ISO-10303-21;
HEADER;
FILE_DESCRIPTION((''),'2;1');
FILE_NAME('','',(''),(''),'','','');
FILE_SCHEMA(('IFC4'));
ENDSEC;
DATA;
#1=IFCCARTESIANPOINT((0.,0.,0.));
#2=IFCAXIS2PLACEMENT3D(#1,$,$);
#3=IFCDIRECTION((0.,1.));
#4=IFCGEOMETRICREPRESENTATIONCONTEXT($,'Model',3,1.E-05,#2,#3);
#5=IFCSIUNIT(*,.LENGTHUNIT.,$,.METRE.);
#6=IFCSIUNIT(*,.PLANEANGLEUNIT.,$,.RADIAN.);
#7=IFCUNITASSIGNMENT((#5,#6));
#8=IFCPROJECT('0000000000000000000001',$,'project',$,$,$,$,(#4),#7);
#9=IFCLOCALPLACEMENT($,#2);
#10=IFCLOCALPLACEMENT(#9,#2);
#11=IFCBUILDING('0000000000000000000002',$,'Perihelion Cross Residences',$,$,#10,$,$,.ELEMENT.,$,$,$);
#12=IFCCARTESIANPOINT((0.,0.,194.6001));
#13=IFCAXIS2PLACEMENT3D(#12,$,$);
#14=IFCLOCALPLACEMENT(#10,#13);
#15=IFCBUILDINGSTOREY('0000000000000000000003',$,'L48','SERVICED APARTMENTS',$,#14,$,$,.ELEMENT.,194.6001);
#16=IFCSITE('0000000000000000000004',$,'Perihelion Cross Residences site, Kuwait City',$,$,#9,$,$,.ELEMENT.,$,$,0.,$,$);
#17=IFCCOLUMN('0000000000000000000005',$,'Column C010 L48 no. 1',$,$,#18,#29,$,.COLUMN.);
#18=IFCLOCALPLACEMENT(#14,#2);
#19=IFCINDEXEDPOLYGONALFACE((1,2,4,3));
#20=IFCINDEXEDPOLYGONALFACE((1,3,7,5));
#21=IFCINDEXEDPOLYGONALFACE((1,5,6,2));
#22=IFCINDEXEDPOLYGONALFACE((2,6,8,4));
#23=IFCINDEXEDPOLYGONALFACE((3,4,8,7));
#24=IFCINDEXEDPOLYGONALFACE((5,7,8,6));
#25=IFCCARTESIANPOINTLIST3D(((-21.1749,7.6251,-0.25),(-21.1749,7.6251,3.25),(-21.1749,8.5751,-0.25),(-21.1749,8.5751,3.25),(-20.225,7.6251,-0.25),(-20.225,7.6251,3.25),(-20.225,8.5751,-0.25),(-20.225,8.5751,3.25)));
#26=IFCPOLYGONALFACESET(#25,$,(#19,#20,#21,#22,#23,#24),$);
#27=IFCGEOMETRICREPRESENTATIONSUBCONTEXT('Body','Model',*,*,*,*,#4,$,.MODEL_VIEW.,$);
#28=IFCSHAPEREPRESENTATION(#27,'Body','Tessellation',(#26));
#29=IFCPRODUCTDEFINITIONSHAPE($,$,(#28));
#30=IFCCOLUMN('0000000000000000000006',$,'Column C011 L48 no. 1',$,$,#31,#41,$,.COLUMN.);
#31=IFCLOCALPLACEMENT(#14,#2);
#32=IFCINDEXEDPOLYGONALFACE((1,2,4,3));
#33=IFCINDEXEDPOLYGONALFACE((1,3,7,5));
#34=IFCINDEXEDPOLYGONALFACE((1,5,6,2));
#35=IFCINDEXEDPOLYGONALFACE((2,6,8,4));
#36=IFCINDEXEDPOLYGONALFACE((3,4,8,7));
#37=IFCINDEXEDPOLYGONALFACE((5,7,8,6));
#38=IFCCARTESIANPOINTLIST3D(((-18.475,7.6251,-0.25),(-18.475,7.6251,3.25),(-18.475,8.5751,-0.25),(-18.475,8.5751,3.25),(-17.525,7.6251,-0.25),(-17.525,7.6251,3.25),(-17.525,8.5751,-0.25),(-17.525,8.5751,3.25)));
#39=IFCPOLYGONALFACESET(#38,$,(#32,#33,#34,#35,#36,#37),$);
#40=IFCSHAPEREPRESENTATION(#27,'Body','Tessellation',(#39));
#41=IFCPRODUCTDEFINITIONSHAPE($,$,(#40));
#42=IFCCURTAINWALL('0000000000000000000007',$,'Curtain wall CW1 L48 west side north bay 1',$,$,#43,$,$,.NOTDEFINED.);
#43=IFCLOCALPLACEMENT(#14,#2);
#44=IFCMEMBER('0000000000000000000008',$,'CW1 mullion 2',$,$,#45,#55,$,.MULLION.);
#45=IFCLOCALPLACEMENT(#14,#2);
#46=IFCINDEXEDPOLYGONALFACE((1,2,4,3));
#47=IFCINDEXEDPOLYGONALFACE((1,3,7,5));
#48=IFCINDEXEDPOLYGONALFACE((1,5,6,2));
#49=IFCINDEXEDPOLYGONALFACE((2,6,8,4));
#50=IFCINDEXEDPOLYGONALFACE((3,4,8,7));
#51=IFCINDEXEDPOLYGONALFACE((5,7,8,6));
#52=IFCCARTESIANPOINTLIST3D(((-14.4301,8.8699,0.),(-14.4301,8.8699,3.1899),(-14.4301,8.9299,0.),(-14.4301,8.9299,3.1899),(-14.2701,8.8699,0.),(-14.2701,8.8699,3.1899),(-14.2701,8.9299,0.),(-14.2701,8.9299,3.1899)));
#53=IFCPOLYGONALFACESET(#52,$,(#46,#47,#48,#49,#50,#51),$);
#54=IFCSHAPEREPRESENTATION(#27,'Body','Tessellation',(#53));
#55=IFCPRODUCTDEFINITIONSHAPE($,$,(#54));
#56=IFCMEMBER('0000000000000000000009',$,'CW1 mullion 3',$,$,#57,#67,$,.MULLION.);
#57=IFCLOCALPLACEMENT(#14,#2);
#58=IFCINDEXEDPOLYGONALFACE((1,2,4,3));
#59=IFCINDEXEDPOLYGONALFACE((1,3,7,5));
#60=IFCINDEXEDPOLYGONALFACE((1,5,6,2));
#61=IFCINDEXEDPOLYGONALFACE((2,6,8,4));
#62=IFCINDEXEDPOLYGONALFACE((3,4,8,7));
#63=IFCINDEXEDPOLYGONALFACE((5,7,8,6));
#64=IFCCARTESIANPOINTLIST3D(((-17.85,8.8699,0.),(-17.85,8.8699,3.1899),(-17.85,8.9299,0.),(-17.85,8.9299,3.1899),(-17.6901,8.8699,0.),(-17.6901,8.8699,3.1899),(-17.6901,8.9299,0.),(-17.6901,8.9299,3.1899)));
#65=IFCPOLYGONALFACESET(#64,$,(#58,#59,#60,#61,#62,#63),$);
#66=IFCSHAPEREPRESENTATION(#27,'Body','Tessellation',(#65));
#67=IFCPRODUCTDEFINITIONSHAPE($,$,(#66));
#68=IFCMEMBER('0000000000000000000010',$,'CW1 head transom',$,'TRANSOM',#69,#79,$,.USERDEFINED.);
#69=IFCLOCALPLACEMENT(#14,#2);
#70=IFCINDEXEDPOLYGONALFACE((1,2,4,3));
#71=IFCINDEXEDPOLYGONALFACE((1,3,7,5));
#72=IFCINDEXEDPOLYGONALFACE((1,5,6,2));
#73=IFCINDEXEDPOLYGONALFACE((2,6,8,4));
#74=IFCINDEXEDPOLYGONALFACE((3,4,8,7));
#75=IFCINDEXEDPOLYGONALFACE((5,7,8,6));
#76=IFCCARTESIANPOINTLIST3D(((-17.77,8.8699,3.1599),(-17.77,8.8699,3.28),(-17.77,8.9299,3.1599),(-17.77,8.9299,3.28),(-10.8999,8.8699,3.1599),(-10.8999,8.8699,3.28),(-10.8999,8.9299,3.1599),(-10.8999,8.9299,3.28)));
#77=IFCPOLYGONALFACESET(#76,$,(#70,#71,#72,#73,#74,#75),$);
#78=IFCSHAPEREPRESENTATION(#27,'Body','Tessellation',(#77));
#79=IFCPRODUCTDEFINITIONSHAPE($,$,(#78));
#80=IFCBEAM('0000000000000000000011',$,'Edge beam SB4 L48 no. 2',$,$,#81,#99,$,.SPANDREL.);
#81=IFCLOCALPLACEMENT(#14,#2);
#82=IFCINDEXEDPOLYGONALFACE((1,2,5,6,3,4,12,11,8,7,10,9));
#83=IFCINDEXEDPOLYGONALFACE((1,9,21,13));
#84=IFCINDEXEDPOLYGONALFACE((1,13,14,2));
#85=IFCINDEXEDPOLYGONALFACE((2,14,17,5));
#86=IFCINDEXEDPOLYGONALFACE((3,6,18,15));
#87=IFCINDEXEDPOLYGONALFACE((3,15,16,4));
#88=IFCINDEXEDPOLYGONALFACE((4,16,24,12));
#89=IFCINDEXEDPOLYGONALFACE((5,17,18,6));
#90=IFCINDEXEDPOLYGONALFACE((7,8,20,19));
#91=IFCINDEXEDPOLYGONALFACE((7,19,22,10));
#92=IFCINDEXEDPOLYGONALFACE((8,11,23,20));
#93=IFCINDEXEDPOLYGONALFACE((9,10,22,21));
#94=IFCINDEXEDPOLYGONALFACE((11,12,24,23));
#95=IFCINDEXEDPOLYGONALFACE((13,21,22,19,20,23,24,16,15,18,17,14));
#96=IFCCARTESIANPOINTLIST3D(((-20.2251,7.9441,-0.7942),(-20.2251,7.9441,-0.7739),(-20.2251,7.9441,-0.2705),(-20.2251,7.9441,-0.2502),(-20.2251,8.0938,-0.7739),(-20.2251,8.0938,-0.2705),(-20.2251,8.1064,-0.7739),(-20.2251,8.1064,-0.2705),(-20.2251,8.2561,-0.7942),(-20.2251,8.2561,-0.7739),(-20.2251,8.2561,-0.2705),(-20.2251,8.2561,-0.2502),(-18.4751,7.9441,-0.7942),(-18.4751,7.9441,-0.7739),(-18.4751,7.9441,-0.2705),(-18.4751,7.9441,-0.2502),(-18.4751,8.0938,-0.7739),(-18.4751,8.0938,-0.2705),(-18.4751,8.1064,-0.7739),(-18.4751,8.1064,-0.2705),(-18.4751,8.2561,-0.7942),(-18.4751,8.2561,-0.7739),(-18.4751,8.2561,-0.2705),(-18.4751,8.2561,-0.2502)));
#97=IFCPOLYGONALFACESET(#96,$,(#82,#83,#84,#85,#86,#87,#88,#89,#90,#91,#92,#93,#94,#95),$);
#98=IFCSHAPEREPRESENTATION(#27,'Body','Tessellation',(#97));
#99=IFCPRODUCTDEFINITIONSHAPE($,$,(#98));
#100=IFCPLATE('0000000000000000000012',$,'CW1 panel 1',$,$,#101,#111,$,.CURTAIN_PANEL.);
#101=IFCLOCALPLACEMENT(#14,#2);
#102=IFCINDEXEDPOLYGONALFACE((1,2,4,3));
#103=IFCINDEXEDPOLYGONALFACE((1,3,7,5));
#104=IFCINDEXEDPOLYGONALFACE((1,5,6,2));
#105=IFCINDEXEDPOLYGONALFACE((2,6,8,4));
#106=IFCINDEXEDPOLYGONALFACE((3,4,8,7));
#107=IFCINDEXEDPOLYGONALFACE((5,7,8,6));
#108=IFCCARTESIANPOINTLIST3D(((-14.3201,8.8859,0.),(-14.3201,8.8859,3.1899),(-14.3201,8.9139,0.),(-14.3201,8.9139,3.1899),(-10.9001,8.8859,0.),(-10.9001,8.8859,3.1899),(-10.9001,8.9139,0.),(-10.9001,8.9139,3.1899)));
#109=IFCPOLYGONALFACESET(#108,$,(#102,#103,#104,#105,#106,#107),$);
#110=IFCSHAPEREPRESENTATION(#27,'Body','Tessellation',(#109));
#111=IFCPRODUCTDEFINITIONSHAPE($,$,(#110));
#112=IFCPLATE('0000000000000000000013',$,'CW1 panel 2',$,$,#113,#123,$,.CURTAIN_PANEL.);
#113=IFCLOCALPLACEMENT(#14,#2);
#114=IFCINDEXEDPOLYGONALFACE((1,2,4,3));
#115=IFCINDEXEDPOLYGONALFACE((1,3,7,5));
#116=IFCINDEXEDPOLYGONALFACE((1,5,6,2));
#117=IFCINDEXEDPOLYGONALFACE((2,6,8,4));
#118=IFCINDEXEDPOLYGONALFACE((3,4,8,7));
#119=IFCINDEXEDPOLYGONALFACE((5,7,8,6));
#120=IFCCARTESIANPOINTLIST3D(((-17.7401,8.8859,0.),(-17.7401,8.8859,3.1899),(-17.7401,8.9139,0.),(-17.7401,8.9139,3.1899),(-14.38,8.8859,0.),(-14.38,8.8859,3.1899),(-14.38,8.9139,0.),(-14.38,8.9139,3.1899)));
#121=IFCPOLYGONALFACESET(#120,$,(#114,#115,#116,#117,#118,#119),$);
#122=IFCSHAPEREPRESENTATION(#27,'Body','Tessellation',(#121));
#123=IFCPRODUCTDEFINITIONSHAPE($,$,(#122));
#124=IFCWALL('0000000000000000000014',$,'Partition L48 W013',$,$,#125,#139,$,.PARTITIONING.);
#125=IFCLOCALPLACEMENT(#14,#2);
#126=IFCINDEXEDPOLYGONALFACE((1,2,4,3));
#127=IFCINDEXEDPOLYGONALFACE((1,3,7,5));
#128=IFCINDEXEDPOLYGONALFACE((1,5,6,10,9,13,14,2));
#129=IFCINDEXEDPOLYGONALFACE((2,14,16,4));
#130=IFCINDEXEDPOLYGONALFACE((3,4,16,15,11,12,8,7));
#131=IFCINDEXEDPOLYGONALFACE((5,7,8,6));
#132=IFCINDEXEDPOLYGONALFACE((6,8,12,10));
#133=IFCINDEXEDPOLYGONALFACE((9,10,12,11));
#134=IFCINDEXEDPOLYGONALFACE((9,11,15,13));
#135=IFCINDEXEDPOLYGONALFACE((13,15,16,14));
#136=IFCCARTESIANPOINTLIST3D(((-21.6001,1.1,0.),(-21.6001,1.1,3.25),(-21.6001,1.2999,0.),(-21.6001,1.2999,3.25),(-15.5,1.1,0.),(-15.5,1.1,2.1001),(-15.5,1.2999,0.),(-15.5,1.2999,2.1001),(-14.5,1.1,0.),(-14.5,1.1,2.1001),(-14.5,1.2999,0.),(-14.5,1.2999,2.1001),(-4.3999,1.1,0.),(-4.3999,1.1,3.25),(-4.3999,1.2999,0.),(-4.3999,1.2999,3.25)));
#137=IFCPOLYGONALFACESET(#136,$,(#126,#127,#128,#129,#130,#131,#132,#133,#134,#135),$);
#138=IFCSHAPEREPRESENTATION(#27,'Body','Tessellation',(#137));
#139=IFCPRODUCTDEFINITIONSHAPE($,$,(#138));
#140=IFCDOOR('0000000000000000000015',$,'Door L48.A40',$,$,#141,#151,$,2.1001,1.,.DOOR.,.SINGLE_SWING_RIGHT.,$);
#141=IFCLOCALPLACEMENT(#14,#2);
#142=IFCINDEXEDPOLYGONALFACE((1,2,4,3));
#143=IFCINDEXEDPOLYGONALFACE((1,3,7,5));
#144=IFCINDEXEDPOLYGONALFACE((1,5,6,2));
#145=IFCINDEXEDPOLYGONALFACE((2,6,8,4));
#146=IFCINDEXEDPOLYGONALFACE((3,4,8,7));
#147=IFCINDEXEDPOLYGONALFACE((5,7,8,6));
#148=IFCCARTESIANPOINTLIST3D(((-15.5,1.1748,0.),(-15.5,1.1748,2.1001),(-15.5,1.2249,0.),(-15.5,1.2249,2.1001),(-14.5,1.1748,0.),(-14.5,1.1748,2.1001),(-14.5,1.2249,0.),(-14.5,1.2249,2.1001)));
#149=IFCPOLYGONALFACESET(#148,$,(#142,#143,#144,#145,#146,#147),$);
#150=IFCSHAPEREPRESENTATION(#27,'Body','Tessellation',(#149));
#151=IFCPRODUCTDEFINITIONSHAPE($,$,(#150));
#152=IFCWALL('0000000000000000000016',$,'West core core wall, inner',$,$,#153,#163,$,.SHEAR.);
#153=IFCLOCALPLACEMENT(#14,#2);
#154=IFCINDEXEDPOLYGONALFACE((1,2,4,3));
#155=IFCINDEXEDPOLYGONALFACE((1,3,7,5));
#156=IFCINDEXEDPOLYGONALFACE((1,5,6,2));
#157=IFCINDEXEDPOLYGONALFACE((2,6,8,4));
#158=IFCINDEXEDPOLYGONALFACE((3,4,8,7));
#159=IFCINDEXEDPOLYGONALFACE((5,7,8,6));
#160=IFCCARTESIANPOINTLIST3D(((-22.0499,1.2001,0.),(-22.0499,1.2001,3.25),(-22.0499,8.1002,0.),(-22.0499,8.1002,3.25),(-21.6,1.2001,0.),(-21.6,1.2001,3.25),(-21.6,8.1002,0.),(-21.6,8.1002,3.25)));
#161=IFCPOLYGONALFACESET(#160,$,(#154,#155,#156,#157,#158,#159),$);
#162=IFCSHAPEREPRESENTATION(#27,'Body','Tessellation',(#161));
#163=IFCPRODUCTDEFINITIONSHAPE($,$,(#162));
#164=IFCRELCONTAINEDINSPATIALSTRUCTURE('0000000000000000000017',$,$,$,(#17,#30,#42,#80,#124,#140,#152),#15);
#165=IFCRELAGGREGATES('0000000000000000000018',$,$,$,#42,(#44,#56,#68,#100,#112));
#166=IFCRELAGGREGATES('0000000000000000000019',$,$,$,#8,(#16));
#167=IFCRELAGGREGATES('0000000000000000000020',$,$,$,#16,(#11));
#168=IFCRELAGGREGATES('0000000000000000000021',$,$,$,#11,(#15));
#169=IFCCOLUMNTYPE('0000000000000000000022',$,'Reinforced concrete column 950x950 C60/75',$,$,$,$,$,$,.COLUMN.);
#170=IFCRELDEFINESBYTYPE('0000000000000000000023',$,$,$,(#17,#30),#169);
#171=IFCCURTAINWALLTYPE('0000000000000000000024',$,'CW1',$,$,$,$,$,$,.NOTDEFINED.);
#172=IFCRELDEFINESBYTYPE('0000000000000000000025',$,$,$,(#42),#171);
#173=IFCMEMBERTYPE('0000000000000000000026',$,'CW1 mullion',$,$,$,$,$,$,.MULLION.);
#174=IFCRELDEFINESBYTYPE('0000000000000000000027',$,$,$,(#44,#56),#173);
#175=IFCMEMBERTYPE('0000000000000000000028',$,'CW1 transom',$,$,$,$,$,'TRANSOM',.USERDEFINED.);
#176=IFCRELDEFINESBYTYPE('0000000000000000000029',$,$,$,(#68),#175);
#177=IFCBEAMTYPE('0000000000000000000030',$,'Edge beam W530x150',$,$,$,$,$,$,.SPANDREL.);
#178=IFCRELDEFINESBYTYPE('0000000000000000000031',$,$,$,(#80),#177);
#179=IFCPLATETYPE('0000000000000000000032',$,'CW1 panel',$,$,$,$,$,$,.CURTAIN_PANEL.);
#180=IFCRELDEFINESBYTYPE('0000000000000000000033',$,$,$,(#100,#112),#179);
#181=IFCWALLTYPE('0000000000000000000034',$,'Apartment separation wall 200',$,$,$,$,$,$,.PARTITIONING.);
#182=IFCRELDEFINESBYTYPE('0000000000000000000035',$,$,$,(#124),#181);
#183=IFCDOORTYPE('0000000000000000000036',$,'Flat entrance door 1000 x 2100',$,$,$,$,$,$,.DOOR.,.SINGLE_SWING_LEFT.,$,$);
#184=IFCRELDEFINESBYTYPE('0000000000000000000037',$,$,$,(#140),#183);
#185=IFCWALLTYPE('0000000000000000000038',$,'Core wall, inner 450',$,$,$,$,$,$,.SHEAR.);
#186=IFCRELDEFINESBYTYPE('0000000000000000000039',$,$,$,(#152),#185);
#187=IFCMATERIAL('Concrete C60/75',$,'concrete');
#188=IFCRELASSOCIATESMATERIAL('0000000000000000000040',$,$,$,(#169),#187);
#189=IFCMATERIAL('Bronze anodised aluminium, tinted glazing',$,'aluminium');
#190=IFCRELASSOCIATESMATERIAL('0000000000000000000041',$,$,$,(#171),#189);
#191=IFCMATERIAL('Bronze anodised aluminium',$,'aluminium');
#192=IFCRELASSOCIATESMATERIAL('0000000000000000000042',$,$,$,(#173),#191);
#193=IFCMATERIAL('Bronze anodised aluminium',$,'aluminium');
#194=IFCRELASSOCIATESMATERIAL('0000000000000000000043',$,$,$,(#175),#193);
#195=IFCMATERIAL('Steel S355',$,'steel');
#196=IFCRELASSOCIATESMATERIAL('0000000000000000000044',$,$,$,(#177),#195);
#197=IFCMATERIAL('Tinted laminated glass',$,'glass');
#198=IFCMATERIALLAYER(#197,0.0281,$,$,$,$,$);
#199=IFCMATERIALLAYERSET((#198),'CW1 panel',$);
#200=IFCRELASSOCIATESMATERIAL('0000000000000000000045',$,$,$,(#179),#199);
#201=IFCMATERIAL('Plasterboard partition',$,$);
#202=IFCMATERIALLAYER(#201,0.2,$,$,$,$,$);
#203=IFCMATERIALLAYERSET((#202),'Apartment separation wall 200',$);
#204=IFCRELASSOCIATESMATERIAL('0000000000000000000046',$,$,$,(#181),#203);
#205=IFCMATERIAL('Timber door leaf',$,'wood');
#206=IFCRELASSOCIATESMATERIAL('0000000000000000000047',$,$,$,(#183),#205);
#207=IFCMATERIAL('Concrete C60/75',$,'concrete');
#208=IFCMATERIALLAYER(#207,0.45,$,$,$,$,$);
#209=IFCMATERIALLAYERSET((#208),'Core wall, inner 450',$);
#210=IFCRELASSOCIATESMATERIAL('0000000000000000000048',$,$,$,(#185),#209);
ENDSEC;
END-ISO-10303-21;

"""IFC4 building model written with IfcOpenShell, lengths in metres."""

from ifc_helpers import new_model, si_unit, direction, frame, frame_2d, origin, origin_2d, place, context, subcontext, project, spatial, rectangle, i_section, extrude, material, layer, layer_set, material_profile, profile_set, type_object, element, fill, aggregate, save


model = new_model("IFC4")

# Units and contexts
model_context = context("Model", 3, precision=1e-05, world=origin(), true_north=direction((0.0, 1.0)))
body_context = subcontext(model_context, "Body", "Model", "MODEL_VIEW")
ifc_project = project(units=[si_unit("LENGTHUNIT", "METRE"), si_unit("PLANEANGLEUNIT", "RADIAN")], contexts=[model_context])

# Site, building, storey
site_placement = place(None, origin())
site = spatial("IfcSite", under=ifc_project, at=site_placement, Name="Perihelion Cross Residences site, Kuwait City", CompositionType="ELEMENT", RefElevation=0.0)
building_placement = place(site_placement, origin())
building = spatial("IfcBuilding", under=site, at=building_placement, Name="Perihelion Cross Residences", CompositionType="ELEMENT")
storey_placement = place(building_placement, frame((0.0, 0.0, 194.6001)))
storey = spatial("IfcBuildingStorey", under=building, at=storey_placement, Name="L48", Description="SERVICED APARTMENTS", CompositionType="ELEMENT", Elevation=194.6001)

# Columns
ifc_material_1 = material(Name="Concrete C60/75", Category="concrete")
ifc_material_profile_1 = material_profile(ifc_material_1, rectangle(XDim=0.95, YDim=0.95, at=origin_2d()), Name="RC 950x950")
ifc_profile_set_1 = profile_set([ifc_material_profile_1], Name="Concrete C60/75")
column_type = type_object("IfcColumnType", Name="Reinforced concrete column 950x950 C60/75", PredefinedType="COLUMN", material=ifc_profile_set_1)
for number, where, z_axis, x_axis, name in (
    (1, (-20.7, 8.1001, -0.25), (0.0, 0.0, 1.0), (1.0, 0.0, 0.0), "Column C010 L48 no. 1"),
    (2, (-18.0, 8.1001, -0.25), (0.0, 0.0, 1.0), (1.0, 0.0, 0.0), "Column C011 L48 no. 1"),
):
    element("IfcColumn", number, at=place(storey_placement, frame(where, z_axis=z_axis, x_axis=x_axis)), inside=storey, type_object=column_type, Name=name, PredefinedType="COLUMN", context=body_context, shape_type="SweptSolid", body=[
        extrude(rectangle(XDim=0.95, YDim=0.95, at=origin_2d()), origin(), (0.0, 0.0, 1.0), 3.5),
    ])

# Curtain wall, members
ifc_material_2 = material(Name="Bronze anodised aluminium, tinted glazing", Category="aluminium")
curtain_wall_type = type_object("IfcCurtainWallType", Name="CW1", PredefinedType="NOTDEFINED", material=ifc_material_2)
curtain_wall_placement = place(storey_placement, origin())
curtain_wall = element("IfcCurtainWall", 3, at=curtain_wall_placement, inside=storey, type_object=curtain_wall_type, Name="Curtain wall CW1 L48 west side north bay 1", PredefinedType="NOTDEFINED")
ifc_material_3 = material(Name="Bronze anodised aluminium", Category="aluminium")
ifc_material_profile_2 = material_profile(ifc_material_3, rectangle(XDim=0.0601, YDim=0.1599, at=origin_2d()), Name="CW1 mullion")
ifc_profile_set_2 = profile_set([ifc_material_profile_2], Name="Bronze anodised aluminium")
member_type_1 = type_object("IfcMemberType", Name="CW1 mullion", PredefinedType="MULLION", material=ifc_profile_set_2)
member_1_placement = place(storey_placement, frame((-14.3501, 8.8999, 0.0), z_axis=(0.0, 0.0, 1.0), x_axis=(0.0, -1.0, 0.0)))
member_1 = element("IfcMember", 4, at=member_1_placement, type_object=member_type_1, Name="CW1 mullion 2", PredefinedType="MULLION", context=body_context, shape_type="SweptSolid", body=[
    extrude(rectangle(XDim=0.0601, YDim=0.1599, at=origin_2d()), origin(), (0.0, 0.0, 1.0), 3.1899),
])
member_2_placement = place(storey_placement, frame((-17.77, 8.8999, 0.0), z_axis=(0.0, 0.0, 1.0), x_axis=(0.0, -1.0, 0.0)))
member_2 = element("IfcMember", 5, at=member_2_placement, type_object=member_type_1, Name="CW1 mullion 3", PredefinedType="MULLION", context=body_context, shape_type="SweptSolid", body=[
    extrude(rectangle(XDim=0.0601, YDim=0.1599, at=origin_2d()), origin(), (0.0, 0.0, 1.0), 3.1899),
])
ifc_material_4 = material(Name="Bronze anodised aluminium", Category="aluminium")
ifc_material_profile_3 = material_profile(ifc_material_4, rectangle(XDim=0.0601, YDim=0.1201, at=origin_2d()), Name="CW1 transom")
ifc_profile_set_3 = profile_set([ifc_material_profile_3], Name="Bronze anodised aluminium")
member_type_2 = type_object("IfcMemberType", Name="CW1 transom", ElementType="TRANSOM", PredefinedType="USERDEFINED", material=ifc_profile_set_3)
member_3_placement = place(storey_placement, frame((-10.8999, 8.8999, 3.22), z_axis=(-1.0, 0.0, 0.0), x_axis=(0.0, -1.0, 0.0)))
member_3 = element("IfcMember", 6, at=member_3_placement, type_object=member_type_2, Name="CW1 head transom", ObjectType="TRANSOM", PredefinedType="USERDEFINED", context=body_context, shape_type="SweptSolid", body=[
    extrude(rectangle(XDim=0.0601, YDim=0.1201, at=origin_2d()), origin(), (0.0, 0.0, 1.0), 6.8701),
])

# Beam
ifc_material_5 = material(Name="Steel S355", Category="steel")
ifc_material_profile_4 = material_profile(ifc_material_5, i_section(OverallWidth=0.312, OverallDepth=0.5439, WebThickness=0.0127, FlangeThickness=0.0203, at=origin_2d()), Name="W530x150")
ifc_profile_set_4 = profile_set([ifc_material_profile_4], Name="Steel S355")
beam_type = type_object("IfcBeamType", Name="Edge beam W530x150", PredefinedType="SPANDREL", material=ifc_profile_set_4)
beam_placement = place(storey_placement, frame((-18.4751, 8.1001, -0.5222), z_axis=(-1.0, 0.0, 0.0), x_axis=(0.0, -1.0, 0.0)))
element("IfcBeam", 7, at=beam_placement, inside=storey, type_object=beam_type, Name="Edge beam SB4 L48 no. 2", PredefinedType="SPANDREL", context=body_context, shape_type="SweptSolid", body=[
    extrude(i_section(OverallWidth=0.312, OverallDepth=0.5439, WebThickness=0.0127, FlangeThickness=0.0203, at=origin_2d()), origin(), (0.0, 0.0, 1.0), 1.75),
])

# Plates
ifc_material_6 = material(Name="Tinted laminated glass", Category="glass")
ifc_layer_1 = layer(ifc_material_6, 0.0281)
ifc_layer_set_1 = layer_set([ifc_layer_1], Name="CW1 panel")
plate_type = type_object("IfcPlateType", Name="CW1 panel", PredefinedType="CURTAIN_PANEL", material=ifc_layer_set_1)
plate_1_placement = place(storey_placement, frame((-12.6101, 8.8999, 0.0), z_axis=(0.0, 0.0, 1.0), x_axis=(-1.0, 0.0, 0.0)))
plate_1 = element("IfcPlate", 8, at=plate_1_placement, type_object=plate_type, Name="CW1 panel 1", PredefinedType="CURTAIN_PANEL", context=body_context, shape_type="SweptSolid", body=[
    extrude(rectangle(XDim=3.4199, YDim=0.0281, at=origin_2d()), origin(), (0.0, 0.0, 1.0), 3.1899),
])
plate_2_placement = place(storey_placement, frame((-16.0601, 8.8999, 0.0), z_axis=(0.0, 0.0, 1.0), x_axis=(-1.0, 0.0, 0.0)))
plate_2 = element("IfcPlate", 9, at=plate_2_placement, type_object=plate_type, Name="CW1 panel 2", PredefinedType="CURTAIN_PANEL", context=body_context, shape_type="SweptSolid", body=[
    extrude(rectangle(XDim=3.3601, YDim=0.0281, at=origin_2d()), origin(), (0.0, 0.0, 1.0), 3.1899),
])
aggregate(curtain_wall, [member_1, member_2, member_3, plate_1, plate_2])

# Wall, opening, door
ifc_material_7 = material(Name="Plasterboard partition")
ifc_layer_2 = layer(ifc_material_7, 0.2)
ifc_layer_set_2 = layer_set([ifc_layer_2], Name="Apartment separation wall 200")
wall_type_1 = type_object("IfcWallType", Name="Apartment separation wall 200", PredefinedType="PARTITIONING", material=ifc_layer_set_2)
wall_1_placement = place(storey_placement, frame((-21.6001, 1.2, 0.0), z_axis=(0.0, 0.0, 1.0), x_axis=(1.0, 0.0, 0.0)))
wall_1 = element("IfcWall", 10, at=wall_1_placement, inside=storey, type_object=wall_type_1, Name="Partition L48 W013", PredefinedType="PARTITIONING", context=body_context, shape_type="SweptSolid", body=[
    extrude(rectangle(XDim=17.2002, YDim=0.2, at=frame_2d((8.6001, 0.0))), origin(), (0.0, 0.0, 1.0), 3.25),
])
opening_1_placement = place(wall_1_placement, frame((6.1001, 0.0, 0.0)))
opening_1 = element("IfcOpeningElement", 11, at=opening_1_placement, cuts=wall_1, PredefinedType="OPENING", context=body_context, shape_type="SweptSolid", body=[
    extrude(rectangle(XDim=1.0, YDim=2.1001, at=frame_2d((0.5, 1.05))), frame((0.0, 0.1099, 0.0), z_axis=(0.0, -1.0, 0.0), x_axis=(1.0, 0.0, 0.0)), (0.0, 0.0, 1.0), 0.22),
])
ifc_material_8 = material(Name="Timber door leaf", Category="wood")
door_type_1 = type_object("IfcDoorType", Name="Flat entrance door 1000 x 2100", OperationType="SINGLE_SWING_LEFT", PredefinedType="DOOR", material=ifc_material_8)
door_1_placement = place(opening_1_placement, origin())
door_1 = element("IfcDoor", 12, at=door_1_placement, inside=storey, type_object=door_type_1, Name="Door L48.A40", OperationType="SINGLE_SWING_RIGHT", OverallHeight=2.1001, OverallWidth=1.0, PredefinedType="DOOR", context=body_context, shape_type="SweptSolid", body=[
    extrude(rectangle(XDim=1.0, YDim=2.1001, at=frame_2d((0.5, 1.05))), frame((0.0, 0.0249, 0.0), z_axis=(0.0, -1.0, 0.0), x_axis=(1.0, 0.0, 0.0)), (0.0, 0.0, 1.0), 0.05),
])
fill(opening_1, door_1)

# Wall
ifc_material_9 = material(Name="Concrete C60/75", Category="concrete")
ifc_layer_3 = layer(ifc_material_9, 0.45)
ifc_layer_set_3 = layer_set([ifc_layer_3], Name="Core wall, inner 450")
wall_type_2 = type_object("IfcWallType", Name="Core wall, inner 450", PredefinedType="SHEAR", material=ifc_layer_set_3)
wall_2_placement = place(storey_placement, frame((-21.825, 1.2, 0.0), z_axis=(0.0, 0.0, 1.0), x_axis=(0.0, 1.0, 0.0)))
element("IfcWall", 13, at=wall_2_placement, inside=storey, type_object=wall_type_2, Name="West core core wall, inner", PredefinedType="SHEAR", context=body_context, shape_type="SweptSolid", body=[
    extrude(rectangle(XDim=6.9001, YDim=0.45, at=frame_2d((3.4502, 0.0))), origin(), (0.0, 0.0, 1.0), 3.25),
])

save(model, "model.ifc")
